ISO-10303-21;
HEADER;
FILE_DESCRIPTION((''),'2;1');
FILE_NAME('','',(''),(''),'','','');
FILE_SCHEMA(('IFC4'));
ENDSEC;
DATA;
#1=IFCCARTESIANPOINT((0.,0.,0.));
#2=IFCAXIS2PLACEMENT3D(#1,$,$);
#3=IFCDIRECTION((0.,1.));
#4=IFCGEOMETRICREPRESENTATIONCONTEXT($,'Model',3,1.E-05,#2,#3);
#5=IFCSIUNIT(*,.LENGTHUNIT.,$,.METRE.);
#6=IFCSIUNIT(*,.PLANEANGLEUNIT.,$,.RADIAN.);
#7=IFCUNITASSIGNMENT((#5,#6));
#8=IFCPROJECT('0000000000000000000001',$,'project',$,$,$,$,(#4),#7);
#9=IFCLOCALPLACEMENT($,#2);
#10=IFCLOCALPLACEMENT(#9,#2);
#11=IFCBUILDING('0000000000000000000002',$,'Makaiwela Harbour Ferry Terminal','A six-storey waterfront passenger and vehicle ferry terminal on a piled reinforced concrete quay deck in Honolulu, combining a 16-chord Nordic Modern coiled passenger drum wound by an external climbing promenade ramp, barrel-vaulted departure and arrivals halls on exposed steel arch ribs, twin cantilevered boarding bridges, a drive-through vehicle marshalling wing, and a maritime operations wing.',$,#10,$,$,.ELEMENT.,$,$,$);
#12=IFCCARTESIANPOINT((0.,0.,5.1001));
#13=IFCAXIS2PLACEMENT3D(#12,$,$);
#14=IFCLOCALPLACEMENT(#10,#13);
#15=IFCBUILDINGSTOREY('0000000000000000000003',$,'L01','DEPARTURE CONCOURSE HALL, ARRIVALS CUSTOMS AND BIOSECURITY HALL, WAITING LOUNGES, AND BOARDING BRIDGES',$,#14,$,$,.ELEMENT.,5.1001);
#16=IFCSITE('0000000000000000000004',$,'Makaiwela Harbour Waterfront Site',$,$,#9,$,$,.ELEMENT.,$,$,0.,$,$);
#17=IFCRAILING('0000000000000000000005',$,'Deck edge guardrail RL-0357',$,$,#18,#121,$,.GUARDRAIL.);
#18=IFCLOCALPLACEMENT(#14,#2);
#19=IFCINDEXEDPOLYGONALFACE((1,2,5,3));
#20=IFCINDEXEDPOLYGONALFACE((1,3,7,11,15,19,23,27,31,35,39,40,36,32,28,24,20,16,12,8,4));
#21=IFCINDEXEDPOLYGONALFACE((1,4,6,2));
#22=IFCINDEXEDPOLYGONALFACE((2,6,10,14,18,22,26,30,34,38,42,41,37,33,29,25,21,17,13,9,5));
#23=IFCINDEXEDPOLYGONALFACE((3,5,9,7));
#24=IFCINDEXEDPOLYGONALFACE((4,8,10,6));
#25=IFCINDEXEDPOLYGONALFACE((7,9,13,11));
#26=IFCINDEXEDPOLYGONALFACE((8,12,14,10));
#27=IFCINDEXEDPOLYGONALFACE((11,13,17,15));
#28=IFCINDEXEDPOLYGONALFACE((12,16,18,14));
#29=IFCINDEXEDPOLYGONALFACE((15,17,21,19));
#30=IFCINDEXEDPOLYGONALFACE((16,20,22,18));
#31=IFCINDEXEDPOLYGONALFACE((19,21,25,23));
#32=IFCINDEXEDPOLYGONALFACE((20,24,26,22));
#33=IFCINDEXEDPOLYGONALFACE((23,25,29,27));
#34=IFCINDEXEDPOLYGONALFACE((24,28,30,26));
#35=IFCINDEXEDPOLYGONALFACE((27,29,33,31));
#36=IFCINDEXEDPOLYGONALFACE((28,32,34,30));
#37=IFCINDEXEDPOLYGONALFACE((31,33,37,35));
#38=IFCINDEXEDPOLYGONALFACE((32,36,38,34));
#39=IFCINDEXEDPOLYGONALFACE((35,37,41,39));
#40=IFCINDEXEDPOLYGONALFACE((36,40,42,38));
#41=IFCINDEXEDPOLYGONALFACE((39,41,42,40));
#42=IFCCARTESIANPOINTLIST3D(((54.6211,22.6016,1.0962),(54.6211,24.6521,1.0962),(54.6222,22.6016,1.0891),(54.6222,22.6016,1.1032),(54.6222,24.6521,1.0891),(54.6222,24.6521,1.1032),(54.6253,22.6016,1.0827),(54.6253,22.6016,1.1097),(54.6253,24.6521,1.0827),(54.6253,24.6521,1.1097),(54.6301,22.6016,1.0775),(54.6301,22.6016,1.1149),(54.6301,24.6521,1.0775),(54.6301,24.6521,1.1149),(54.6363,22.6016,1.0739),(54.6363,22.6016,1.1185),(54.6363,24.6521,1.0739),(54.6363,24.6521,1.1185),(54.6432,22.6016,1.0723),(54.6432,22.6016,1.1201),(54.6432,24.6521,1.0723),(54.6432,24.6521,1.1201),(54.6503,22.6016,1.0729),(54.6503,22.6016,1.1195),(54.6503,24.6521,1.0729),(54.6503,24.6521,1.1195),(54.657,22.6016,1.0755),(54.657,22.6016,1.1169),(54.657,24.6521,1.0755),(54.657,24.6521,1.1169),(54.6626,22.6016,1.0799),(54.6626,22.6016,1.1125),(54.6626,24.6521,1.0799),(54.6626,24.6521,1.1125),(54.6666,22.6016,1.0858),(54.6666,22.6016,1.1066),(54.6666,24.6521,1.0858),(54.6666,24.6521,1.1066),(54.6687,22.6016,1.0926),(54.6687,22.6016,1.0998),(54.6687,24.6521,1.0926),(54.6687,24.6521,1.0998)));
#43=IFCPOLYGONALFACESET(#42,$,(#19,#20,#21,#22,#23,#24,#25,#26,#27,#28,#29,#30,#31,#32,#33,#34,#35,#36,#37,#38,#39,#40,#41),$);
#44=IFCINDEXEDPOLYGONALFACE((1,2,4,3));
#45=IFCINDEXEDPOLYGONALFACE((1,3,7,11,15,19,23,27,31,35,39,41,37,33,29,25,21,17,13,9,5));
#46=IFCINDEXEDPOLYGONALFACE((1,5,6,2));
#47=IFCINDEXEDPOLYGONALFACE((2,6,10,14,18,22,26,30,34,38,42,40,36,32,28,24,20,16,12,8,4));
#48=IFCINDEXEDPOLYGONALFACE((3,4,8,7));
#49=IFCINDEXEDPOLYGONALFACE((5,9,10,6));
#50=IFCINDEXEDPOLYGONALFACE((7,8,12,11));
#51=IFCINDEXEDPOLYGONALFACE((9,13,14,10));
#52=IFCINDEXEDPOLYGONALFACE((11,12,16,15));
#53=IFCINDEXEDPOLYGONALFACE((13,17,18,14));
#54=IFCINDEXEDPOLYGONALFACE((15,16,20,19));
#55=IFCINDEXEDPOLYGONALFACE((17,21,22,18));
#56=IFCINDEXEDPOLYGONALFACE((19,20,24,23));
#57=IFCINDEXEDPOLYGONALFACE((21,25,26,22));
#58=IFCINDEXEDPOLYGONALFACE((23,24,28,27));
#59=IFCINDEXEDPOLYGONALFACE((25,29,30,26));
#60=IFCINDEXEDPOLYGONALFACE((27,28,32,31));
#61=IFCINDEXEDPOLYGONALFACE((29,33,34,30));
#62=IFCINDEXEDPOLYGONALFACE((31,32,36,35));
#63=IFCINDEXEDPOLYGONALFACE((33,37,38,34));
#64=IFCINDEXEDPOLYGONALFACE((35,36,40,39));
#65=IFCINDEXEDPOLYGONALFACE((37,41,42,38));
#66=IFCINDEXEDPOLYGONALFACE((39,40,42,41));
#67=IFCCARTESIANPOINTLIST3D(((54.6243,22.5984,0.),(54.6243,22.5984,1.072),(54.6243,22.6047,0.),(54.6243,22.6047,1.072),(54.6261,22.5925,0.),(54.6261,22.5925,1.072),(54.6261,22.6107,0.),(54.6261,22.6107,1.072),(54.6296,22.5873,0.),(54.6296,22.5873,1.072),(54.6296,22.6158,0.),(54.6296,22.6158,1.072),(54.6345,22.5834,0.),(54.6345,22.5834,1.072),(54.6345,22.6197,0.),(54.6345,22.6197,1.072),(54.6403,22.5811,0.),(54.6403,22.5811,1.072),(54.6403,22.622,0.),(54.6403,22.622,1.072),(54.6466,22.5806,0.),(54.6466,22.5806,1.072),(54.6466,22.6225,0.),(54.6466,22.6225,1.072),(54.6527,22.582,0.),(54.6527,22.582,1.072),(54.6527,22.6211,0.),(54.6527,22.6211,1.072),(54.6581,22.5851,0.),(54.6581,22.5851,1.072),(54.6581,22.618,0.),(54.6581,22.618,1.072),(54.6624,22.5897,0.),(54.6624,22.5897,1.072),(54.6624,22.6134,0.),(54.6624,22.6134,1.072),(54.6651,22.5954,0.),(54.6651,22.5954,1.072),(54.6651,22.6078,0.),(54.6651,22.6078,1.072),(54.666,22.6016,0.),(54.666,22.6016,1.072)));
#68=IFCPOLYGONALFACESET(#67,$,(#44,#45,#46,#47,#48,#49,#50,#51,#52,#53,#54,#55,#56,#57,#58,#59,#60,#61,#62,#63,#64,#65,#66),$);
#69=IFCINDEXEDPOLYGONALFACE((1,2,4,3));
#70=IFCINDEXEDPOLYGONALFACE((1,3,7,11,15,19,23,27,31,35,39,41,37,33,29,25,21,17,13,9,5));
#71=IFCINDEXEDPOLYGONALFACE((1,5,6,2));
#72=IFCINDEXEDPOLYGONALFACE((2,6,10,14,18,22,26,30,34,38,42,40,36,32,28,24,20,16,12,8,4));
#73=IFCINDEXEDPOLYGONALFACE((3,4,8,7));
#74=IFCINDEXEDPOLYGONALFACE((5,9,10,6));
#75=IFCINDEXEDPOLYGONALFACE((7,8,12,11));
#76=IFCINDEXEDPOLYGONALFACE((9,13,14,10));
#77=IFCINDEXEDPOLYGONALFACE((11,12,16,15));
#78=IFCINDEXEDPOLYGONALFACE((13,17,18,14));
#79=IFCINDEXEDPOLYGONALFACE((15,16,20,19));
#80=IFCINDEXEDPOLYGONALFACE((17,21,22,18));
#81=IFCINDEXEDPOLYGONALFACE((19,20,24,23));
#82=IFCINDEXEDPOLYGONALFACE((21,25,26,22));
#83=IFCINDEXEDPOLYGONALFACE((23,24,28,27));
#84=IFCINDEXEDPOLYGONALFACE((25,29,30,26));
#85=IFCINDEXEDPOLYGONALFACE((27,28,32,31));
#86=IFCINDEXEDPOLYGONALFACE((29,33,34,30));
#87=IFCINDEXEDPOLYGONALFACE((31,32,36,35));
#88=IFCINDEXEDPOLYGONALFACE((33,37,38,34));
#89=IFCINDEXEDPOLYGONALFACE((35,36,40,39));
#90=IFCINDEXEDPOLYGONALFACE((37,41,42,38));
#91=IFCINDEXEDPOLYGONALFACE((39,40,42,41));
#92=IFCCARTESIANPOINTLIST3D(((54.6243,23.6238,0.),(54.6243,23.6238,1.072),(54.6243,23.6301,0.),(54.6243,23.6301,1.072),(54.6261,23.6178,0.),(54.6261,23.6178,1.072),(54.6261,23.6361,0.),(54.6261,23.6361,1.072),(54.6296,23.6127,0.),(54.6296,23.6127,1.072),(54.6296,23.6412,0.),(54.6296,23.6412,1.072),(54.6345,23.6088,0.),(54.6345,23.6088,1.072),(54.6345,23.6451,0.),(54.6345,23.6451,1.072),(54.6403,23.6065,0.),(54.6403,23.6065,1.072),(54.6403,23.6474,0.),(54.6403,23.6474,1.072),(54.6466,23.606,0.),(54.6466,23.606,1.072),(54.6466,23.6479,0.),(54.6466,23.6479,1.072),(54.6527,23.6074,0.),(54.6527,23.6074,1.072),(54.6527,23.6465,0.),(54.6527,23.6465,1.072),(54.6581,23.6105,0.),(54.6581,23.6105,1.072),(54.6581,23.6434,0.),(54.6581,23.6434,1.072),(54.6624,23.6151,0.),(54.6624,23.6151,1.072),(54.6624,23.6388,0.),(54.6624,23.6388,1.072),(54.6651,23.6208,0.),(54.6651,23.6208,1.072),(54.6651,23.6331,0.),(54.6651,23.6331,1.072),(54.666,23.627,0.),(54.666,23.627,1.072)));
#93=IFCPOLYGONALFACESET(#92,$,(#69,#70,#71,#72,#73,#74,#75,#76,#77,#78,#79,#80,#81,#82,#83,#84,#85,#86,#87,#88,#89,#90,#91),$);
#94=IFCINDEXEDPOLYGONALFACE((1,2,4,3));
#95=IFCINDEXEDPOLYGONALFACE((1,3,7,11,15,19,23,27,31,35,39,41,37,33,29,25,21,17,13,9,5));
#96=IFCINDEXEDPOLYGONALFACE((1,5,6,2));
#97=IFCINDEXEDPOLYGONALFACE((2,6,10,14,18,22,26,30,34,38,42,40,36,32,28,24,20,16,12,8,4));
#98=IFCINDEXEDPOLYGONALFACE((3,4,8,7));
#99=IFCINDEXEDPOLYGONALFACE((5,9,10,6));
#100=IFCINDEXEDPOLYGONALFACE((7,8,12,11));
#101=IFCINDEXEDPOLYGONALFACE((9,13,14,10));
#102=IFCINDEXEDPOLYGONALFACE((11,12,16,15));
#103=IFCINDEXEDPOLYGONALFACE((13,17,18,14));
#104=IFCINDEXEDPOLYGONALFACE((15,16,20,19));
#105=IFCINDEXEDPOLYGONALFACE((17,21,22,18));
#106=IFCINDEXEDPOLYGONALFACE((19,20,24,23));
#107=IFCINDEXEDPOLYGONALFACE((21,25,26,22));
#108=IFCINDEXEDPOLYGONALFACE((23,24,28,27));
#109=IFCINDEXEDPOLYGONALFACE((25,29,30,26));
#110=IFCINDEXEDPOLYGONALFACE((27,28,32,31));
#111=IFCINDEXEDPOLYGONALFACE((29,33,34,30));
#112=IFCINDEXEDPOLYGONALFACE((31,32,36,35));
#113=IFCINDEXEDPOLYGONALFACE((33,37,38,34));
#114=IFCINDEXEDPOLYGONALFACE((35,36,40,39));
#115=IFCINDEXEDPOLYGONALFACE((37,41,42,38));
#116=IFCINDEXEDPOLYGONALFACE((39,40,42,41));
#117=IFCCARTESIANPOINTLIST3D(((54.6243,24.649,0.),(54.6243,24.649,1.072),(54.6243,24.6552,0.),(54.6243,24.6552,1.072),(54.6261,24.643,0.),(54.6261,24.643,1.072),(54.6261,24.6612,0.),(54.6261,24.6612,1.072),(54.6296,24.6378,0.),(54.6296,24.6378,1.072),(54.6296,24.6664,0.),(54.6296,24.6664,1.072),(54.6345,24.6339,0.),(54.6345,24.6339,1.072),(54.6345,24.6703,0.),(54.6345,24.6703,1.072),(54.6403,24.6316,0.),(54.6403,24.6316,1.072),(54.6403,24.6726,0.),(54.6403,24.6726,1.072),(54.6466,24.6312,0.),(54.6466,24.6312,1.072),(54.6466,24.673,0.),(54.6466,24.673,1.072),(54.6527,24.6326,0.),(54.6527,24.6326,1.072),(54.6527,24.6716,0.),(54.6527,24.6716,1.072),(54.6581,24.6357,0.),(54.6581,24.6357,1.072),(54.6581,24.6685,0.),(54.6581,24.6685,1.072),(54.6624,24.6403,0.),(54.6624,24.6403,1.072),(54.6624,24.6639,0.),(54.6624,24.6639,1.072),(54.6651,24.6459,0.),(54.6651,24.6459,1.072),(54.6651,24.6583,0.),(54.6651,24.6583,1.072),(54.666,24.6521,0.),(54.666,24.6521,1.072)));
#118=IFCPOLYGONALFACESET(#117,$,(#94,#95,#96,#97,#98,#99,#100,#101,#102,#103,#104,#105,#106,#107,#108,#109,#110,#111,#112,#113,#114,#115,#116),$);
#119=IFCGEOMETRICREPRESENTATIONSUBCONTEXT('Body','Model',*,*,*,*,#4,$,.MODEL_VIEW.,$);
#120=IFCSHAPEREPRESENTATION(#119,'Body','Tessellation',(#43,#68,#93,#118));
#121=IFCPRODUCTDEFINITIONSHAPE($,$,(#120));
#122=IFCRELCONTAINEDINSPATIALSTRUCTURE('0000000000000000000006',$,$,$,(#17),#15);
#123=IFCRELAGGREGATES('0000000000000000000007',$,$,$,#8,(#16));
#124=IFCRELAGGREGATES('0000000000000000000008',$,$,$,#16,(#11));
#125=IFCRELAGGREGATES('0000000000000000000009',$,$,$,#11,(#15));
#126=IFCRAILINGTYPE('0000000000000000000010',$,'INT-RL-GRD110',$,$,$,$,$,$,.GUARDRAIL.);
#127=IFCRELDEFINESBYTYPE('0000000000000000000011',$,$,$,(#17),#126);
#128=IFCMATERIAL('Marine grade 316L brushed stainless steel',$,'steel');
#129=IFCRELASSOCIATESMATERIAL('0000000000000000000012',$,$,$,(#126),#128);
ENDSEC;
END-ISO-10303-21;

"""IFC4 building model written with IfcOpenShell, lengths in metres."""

from ifc_helpers import new_model, si_unit, direction, frame, origin, origin_2d, place, context, subcontext, project, spatial, circle, extrude, material, type_object, element, save


model = new_model("IFC4")

# Units and contexts
model_context = context("Model", 3, precision=1e-05, world=origin(), true_north=direction((0.0, 1.0)))
body_context = subcontext(model_context, "Body", "Model", "MODEL_VIEW")
ifc_project = project(units=[si_unit("LENGTHUNIT", "METRE"), si_unit("PLANEANGLEUNIT", "RADIAN")], contexts=[model_context])

# Site, building, storey
site_placement = place(None, origin())
site = spatial("IfcSite", under=ifc_project, at=site_placement, Name="Makaiwela Harbour Waterfront Site", CompositionType="ELEMENT", RefElevation=0.0)
building_placement = place(site_placement, origin())
building = spatial("IfcBuilding", under=site, at=building_placement, Name="Makaiwela Harbour Ferry Terminal", Description="A six-storey waterfront passenger and vehicle ferry terminal on a piled reinforced concrete quay deck in Honolulu, combining a 16-chord Nordic Modern coiled passenger drum wound by an external climbing promenade ramp, barrel-vaulted departure and arrivals halls on exposed steel arch ribs, twin cantilevered boarding bridges, a drive-through vehicle marshalling wing, and a maritime operations wing.", CompositionType="ELEMENT")
storey_placement = place(building_placement, frame((0.0, 0.0, 5.1001)))
storey = spatial("IfcBuildingStorey", under=building, at=storey_placement, Name="L01", Description="DEPARTURE CONCOURSE HALL, ARRIVALS CUSTOMS AND BIOSECURITY HALL, WAITING LOUNGES, AND BOARDING BRIDGES", CompositionType="ELEMENT", Elevation=5.1001)

# Railing
ifc_material_1 = material(Name="Marine grade 316L brushed stainless steel", Category="steel")
railing_type = type_object("IfcRailingType", Name="INT-RL-GRD110", PredefinedType="GUARDRAIL", material=ifc_material_1)
for number, where, name in (
    (1, (54.645, 22.6016, 0.0), "Deck edge guardrail RL-0357"),
):
    element("IfcRailing", number, at=place(storey_placement, frame(where)), inside=storey, type_object=railing_type, Name=name, PredefinedType="GUARDRAIL", context=body_context, shape_type="SweptSolid", body=[
        extrude(circle(Radius=0.0239, at=origin_2d()), frame((0.0, 0.0, 1.0962), z_axis=(0.0, 1.0, 0.0), x_axis=(-1.0, 0.0, 0.0)), (0.0, 0.0, 1.0), 2.0505),
        extrude(circle(Radius=0.021, at=origin_2d()), origin(), (0.0, 0.0, 1.0), 1.072),
        extrude(circle(Radius=0.021, at=origin_2d()), frame((0.0, 1.0254, 0.0)), (0.0, 0.0, 1.0), 1.072),
        extrude(circle(Radius=0.021, at=origin_2d()), frame((0.0, 2.0505, 0.0)), (0.0, 0.0, 1.0), 1.072),
    ])

save(model, "model.ifc")
